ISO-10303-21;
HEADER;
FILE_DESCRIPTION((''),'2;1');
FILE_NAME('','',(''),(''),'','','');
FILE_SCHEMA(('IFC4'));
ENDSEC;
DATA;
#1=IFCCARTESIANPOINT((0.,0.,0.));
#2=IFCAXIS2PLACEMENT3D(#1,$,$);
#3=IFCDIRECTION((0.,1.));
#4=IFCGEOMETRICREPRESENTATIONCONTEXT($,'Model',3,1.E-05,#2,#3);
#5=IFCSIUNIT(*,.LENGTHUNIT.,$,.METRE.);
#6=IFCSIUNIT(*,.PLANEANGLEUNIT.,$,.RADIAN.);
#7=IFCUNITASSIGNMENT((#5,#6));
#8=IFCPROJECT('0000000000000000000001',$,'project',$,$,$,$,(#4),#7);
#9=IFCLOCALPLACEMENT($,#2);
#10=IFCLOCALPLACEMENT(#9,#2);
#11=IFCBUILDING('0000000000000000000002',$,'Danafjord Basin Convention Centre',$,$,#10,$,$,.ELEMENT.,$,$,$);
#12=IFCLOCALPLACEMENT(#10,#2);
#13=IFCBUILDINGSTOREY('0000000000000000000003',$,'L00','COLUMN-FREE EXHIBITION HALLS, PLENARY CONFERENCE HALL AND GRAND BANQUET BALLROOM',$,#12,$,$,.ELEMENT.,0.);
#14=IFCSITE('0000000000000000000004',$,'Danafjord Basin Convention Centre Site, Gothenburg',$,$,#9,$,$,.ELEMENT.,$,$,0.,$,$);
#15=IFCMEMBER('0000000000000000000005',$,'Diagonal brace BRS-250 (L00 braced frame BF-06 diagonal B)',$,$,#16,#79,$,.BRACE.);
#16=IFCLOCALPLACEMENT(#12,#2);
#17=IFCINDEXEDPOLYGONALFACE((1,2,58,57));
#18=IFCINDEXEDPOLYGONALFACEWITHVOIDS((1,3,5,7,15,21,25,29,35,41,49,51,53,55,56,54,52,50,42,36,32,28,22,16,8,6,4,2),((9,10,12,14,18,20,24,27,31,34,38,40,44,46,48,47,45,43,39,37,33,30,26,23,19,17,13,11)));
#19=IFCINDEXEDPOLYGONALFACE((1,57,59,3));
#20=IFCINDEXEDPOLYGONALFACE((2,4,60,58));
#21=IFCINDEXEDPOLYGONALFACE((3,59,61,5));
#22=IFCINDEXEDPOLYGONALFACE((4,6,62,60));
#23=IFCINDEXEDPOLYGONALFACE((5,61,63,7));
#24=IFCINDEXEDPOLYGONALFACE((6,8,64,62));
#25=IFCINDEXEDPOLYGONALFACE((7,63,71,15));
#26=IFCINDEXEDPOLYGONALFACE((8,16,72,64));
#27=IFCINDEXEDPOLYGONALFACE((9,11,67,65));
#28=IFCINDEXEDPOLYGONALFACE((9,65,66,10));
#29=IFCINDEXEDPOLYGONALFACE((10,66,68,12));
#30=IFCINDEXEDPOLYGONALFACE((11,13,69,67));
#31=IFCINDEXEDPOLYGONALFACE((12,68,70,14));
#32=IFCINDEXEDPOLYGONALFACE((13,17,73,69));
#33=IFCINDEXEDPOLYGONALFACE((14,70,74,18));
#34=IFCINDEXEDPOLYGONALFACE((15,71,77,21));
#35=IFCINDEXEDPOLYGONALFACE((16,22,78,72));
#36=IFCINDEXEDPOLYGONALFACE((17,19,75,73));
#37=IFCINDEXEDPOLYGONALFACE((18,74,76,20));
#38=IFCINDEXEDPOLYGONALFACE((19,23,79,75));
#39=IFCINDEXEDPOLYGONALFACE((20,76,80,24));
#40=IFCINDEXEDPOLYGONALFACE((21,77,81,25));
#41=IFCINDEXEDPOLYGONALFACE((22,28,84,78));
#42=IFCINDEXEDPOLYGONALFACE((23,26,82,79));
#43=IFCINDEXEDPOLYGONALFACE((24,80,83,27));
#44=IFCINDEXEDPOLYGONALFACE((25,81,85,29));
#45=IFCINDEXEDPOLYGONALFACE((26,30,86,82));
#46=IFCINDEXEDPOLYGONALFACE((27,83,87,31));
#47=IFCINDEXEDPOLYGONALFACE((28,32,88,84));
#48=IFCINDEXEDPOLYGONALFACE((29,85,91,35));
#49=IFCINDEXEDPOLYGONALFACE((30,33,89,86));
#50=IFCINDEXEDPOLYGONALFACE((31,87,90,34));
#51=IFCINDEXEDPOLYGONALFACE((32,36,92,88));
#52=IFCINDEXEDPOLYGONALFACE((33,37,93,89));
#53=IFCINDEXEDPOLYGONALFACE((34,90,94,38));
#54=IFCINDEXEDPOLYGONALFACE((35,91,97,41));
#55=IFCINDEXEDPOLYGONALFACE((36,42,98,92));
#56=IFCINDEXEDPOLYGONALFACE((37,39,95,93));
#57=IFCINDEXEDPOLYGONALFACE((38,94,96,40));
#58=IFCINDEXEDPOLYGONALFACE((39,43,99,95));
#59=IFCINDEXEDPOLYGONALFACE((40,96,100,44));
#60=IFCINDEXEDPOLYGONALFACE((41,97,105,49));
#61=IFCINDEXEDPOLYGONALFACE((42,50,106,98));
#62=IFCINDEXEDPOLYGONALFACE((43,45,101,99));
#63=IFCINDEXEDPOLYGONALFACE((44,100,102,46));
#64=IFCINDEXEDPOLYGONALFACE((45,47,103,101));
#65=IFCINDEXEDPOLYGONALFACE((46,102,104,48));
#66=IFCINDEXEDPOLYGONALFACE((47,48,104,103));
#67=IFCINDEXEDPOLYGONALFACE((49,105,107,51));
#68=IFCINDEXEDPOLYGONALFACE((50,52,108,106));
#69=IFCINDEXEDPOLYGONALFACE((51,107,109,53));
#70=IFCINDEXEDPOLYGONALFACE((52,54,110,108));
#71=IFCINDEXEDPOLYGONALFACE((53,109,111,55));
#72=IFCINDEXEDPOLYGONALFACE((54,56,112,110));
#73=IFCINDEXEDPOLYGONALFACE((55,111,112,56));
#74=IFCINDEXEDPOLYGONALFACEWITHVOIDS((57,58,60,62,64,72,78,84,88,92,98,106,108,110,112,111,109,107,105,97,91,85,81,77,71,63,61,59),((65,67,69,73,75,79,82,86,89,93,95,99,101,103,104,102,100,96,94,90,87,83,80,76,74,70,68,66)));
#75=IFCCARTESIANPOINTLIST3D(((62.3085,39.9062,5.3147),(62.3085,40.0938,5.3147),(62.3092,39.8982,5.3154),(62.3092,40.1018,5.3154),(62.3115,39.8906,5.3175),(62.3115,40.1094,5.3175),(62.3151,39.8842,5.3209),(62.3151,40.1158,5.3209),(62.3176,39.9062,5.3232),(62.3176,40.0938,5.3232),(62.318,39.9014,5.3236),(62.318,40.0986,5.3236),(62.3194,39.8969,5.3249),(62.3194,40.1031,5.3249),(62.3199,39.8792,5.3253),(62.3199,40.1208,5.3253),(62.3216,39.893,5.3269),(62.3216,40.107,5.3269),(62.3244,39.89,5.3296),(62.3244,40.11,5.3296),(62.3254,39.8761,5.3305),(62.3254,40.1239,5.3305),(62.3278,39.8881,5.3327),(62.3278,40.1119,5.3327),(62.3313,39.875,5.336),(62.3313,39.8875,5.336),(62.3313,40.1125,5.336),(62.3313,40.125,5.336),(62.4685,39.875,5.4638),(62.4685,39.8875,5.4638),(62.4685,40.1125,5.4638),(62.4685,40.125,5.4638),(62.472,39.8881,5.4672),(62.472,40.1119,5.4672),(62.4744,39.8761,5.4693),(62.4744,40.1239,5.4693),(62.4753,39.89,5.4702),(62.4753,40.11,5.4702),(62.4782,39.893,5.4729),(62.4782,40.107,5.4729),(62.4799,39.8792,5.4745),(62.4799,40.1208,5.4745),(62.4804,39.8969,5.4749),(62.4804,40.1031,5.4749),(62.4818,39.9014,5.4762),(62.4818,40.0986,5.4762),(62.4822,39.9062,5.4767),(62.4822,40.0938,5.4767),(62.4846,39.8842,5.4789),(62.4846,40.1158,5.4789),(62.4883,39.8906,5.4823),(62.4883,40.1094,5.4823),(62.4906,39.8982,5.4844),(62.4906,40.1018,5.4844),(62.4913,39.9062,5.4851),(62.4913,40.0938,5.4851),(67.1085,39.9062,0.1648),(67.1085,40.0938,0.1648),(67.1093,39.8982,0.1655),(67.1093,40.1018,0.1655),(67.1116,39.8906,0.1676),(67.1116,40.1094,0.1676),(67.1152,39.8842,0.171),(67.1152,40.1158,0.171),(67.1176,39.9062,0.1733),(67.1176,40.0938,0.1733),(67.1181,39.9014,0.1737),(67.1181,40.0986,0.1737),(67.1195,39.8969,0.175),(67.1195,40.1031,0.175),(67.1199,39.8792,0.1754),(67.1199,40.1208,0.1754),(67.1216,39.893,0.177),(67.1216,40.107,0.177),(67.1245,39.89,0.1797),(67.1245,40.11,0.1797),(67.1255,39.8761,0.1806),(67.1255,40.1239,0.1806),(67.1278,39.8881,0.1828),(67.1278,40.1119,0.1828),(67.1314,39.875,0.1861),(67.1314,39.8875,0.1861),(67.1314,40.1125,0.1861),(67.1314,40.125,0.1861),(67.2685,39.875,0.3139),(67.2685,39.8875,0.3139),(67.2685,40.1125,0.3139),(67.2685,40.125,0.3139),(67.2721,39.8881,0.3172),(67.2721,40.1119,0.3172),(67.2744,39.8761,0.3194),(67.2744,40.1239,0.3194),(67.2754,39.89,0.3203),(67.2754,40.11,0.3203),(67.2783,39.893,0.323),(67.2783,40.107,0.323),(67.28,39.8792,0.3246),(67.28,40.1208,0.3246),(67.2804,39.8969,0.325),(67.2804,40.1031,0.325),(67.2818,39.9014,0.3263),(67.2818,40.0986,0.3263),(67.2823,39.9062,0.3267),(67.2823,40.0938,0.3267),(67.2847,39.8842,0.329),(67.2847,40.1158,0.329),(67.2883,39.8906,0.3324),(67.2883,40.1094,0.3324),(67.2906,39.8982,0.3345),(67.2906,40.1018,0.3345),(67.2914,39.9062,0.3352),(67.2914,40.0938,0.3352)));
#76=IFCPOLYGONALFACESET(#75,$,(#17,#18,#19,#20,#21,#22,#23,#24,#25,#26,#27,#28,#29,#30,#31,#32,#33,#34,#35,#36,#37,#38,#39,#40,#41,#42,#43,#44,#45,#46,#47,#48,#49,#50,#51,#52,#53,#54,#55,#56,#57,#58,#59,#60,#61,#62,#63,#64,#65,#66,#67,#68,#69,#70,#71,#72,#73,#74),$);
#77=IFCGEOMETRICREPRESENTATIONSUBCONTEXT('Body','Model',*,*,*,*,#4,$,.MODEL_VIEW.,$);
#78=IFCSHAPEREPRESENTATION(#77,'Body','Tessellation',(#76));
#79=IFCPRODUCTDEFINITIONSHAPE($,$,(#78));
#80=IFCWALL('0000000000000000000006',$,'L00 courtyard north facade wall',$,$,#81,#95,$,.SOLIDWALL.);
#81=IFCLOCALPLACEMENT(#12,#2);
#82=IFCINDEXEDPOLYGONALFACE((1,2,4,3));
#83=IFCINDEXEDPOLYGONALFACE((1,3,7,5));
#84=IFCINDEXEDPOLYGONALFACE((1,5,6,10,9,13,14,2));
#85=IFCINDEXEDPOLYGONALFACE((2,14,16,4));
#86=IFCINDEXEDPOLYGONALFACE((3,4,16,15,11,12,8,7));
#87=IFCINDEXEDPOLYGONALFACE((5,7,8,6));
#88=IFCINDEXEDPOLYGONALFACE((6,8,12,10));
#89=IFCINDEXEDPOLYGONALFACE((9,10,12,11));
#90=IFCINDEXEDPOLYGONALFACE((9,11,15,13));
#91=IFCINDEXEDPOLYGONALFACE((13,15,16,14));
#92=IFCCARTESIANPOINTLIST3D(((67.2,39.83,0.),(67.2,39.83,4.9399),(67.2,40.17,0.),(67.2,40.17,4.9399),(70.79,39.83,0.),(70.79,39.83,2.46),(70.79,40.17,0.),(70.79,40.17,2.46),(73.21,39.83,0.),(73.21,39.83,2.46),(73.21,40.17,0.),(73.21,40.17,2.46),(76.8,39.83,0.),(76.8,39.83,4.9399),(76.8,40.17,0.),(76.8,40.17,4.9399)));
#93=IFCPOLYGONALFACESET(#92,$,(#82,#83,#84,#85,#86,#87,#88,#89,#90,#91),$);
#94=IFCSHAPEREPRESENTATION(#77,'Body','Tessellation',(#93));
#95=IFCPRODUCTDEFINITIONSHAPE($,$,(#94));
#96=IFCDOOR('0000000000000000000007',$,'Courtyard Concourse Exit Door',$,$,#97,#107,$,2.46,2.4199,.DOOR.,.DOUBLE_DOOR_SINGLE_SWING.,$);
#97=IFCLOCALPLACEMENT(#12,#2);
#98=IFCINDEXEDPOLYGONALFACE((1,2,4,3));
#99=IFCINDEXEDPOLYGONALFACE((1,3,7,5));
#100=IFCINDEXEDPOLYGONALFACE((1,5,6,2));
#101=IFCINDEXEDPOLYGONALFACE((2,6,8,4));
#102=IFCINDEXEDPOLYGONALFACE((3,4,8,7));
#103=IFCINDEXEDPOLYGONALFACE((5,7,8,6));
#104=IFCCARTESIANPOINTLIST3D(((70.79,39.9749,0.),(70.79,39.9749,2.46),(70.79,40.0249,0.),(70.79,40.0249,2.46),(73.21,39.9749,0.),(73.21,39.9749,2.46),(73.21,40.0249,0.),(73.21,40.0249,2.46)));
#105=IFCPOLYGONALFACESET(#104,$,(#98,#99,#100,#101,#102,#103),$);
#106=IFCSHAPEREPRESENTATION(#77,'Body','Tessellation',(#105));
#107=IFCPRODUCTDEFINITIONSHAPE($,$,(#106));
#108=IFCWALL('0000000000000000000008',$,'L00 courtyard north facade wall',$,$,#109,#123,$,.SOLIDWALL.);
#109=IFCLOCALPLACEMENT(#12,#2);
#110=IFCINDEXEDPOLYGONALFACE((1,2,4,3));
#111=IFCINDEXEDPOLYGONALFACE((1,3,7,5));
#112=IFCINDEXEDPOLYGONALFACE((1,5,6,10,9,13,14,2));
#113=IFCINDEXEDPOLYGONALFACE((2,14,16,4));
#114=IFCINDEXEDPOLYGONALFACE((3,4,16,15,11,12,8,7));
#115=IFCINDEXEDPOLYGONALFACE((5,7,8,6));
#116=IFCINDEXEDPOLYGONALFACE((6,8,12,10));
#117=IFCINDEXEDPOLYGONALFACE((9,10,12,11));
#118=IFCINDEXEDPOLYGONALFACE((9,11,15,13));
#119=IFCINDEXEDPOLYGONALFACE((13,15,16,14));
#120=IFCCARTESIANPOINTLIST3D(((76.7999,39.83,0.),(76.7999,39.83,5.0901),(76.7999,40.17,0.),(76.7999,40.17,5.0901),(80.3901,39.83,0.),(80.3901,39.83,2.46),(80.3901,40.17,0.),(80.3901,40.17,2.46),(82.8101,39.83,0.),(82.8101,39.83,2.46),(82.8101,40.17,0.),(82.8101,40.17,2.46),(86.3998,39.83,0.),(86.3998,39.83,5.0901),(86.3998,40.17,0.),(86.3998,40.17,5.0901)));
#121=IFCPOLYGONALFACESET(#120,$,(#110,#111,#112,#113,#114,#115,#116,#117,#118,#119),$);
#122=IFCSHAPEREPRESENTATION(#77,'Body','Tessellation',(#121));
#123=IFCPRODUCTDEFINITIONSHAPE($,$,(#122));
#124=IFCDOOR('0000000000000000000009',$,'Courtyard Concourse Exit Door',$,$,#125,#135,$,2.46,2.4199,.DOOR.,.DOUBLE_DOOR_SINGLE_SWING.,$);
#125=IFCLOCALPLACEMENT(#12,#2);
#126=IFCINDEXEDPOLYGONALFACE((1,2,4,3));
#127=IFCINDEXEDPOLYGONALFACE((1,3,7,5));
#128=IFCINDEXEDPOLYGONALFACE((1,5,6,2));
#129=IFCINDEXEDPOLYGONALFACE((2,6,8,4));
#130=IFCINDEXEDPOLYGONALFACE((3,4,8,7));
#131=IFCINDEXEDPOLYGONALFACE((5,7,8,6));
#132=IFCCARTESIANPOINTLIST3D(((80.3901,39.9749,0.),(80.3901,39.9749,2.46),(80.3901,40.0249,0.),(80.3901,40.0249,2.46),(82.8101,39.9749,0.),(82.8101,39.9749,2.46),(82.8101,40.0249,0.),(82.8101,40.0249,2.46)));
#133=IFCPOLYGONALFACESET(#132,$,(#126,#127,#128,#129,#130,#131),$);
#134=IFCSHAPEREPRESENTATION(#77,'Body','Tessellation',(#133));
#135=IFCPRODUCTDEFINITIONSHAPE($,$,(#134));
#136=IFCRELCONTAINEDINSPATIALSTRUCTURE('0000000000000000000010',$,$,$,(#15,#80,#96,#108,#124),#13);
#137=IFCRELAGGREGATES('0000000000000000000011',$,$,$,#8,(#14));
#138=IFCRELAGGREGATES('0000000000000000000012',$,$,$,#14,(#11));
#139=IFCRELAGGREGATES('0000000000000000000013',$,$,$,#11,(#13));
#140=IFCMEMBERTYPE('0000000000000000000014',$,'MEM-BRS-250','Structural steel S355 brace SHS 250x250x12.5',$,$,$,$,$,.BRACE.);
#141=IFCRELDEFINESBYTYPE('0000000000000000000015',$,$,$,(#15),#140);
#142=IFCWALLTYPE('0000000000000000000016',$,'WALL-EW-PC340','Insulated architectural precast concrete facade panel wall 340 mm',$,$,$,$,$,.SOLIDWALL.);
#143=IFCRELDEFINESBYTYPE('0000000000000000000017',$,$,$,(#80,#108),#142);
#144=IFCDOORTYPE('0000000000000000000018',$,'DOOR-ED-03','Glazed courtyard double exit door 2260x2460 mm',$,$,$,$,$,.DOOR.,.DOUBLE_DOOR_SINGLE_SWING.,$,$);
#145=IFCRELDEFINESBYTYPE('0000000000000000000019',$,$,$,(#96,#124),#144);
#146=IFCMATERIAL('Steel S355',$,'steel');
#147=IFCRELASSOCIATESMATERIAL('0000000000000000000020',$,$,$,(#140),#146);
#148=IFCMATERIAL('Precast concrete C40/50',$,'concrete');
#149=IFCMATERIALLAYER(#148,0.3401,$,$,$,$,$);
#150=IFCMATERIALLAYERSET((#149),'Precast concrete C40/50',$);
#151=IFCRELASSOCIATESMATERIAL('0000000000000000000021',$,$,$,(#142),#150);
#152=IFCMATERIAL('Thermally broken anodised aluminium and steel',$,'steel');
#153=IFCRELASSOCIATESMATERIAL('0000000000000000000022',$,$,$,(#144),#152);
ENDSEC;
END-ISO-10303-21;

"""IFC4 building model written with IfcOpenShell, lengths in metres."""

from ifc_helpers import new_model, si_unit, direction, frame, frame_2d, origin, origin_2d, place, context, subcontext, project, spatial, rectangle, hollow_rectangle, extrude, material, layer, layer_set, material_profile, profile_set, type_object, element, fill, save


model = new_model("IFC4")

# Units and contexts
model_context = context("Model", 3, precision=1e-05, world=origin(), true_north=direction((0.0, 1.0)))
body_context = subcontext(model_context, "Body", "Model", "MODEL_VIEW")
ifc_project = project(units=[si_unit("LENGTHUNIT", "METRE"), si_unit("PLANEANGLEUNIT", "RADIAN")], contexts=[model_context])

# Site, building, storey
site_placement = place(None, origin())
site = spatial("IfcSite", under=ifc_project, at=site_placement, Name="Danafjord Basin Convention Centre Site, Gothenburg", CompositionType="ELEMENT", RefElevation=0.0)
building_placement = place(site_placement, origin())
building = spatial("IfcBuilding", under=site, at=building_placement, Name="Danafjord Basin Convention Centre", CompositionType="ELEMENT")
storey_placement = place(building_placement, origin())
storey = spatial("IfcBuildingStorey", under=building, at=storey_placement, Name="L00", Description="COLUMN-FREE EXHIBITION HALLS, PLENARY CONFERENCE HALL AND GRAND BANQUET BALLROOM", CompositionType="ELEMENT", Elevation=0.0)

# Shared definitions
ifc_material_1 = material(Name="Steel S355", Category="steel")

# Member
ifc_material_profile_1 = material_profile(ifc_material_1, hollow_rectangle(XDim=0.25, YDim=0.25, WallThickness=0.0125, InnerFilletRadius=0.0188, OuterFilletRadius=0.0312, at=origin_2d()), Name="SHS 250x250x12.5")
ifc_profile_set_1 = profile_set([ifc_material_profile_1], Name="Steel S355")
member_type = type_object("IfcMemberType", Name="MEM-BRS-250", Description="Structural steel S355 brace SHS 250x250x12.5", PredefinedType="BRACE", material=ifc_profile_set_1)
member_placement = place(storey_placement, frame((67.2, 40.0, 0.25), z_axis=(-0.681823, 0.0, 0.731518), x_axis=(0.0, -1.0, 0.0)))
element("IfcMember", 1, at=member_placement, inside=storey, type_object=member_type, Name="Diagonal brace BRS-250 (L00 braced frame BF-06 diagonal B)", PredefinedType="BRACE", context=body_context, shape_type="SweptSolid", body=[
    extrude(hollow_rectangle(XDim=0.25, YDim=0.25, WallThickness=0.0125, InnerFilletRadius=0.0188, OuterFilletRadius=0.0312, at=origin_2d()), origin(), (0.0, 0.0, 1.0), 7.04),
])

# Walls, openings, doors
ifc_material_2 = material(Name="Precast concrete C40/50", Category="concrete")
ifc_layer_1 = layer(ifc_material_2, 0.3401)
ifc_layer_set_1 = layer_set([ifc_layer_1], Name="Precast concrete C40/50")
wall_type_1 = type_object("IfcWallType", Name="WALL-EW-PC340", Description="Insulated architectural precast concrete facade panel wall 340 mm", PredefinedType="SOLIDWALL", material=ifc_layer_set_1)
wall_1_placement = place(storey_placement, frame((67.2, 40.0, 0.0), z_axis=(0.0, 0.0, 1.0), x_axis=(1.0, 0.0, 0.0)))
wall_1 = element("IfcWall", 2, at=wall_1_placement, inside=storey, type_object=wall_type_1, Name="L00 courtyard north facade wall", PredefinedType="SOLIDWALL", context=body_context, shape_type="SweptSolid", body=[
    extrude(rectangle(XDim=9.6001, YDim=0.3401, at=frame_2d((4.8, 0.0))), origin(), (0.0, 0.0, 1.0), 4.9399),
])
opening_1_placement = place(wall_1_placement, frame((3.5901, 0.0, 0.0)))
opening_1 = element("IfcOpeningElement", 3, at=opening_1_placement, cuts=wall_1, PredefinedType="OPENING", context=body_context, shape_type="SweptSolid", body=[
    extrude(rectangle(XDim=2.4199, YDim=2.46, at=frame_2d((1.21, 1.23))), frame((0.0, 0.1799, 0.0), z_axis=(0.0, -1.0, 0.0), x_axis=(1.0, 0.0, 0.0)), (0.0, 0.0, 1.0), 0.3601),
])
ifc_material_3 = material(Name="Thermally broken anodised aluminium and steel", Category="steel")
door_type_1 = type_object("IfcDoorType", Name="DOOR-ED-03", Description="Glazed courtyard double exit door 2260x2460 mm", OperationType="DOUBLE_DOOR_SINGLE_SWING", PredefinedType="DOOR", material=ifc_material_3)
door_1_placement = place(opening_1_placement, origin())
door_1 = element("IfcDoor", 4, at=door_1_placement, inside=storey, type_object=door_type_1, Name="Courtyard Concourse Exit Door", OperationType="DOUBLE_DOOR_SINGLE_SWING", OverallHeight=2.46, OverallWidth=2.4199, PredefinedType="DOOR", context=body_context, shape_type="SweptSolid", body=[
    extrude(rectangle(XDim=2.4199, YDim=2.46, at=frame_2d((1.21, 1.23))), frame((0.0, 0.0249, 0.0), z_axis=(0.0, -1.0, 0.0), x_axis=(1.0, 0.0, 0.0)), (0.0, 0.0, 1.0), 0.05),
])
fill(opening_1, door_1)
wall_2_placement = place(storey_placement, frame((76.8, 40.0, 0.0), z_axis=(0.0, 0.0, 1.0), x_axis=(1.0, 0.0, 0.0)))
wall_2 = element("IfcWall", 5, at=wall_2_placement, inside=storey, type_object=wall_type_1, Name="L00 courtyard north facade wall", PredefinedType="SOLIDWALL", context=body_context, shape_type="SweptSolid", body=[
    extrude(rectangle(XDim=9.5999, YDim=0.3401, at=frame_2d((4.7998, 0.0))), origin(), (0.0, 0.0, 1.0), 5.0901),
])
opening_2_placement = place(wall_2_placement, frame((3.5901, 0.0, 0.0)))
opening_2 = element("IfcOpeningElement", 6, at=opening_2_placement, cuts=wall_2, PredefinedType="OPENING", context=body_context, shape_type="SweptSolid", body=[
    extrude(rectangle(XDim=2.4199, YDim=2.46, at=frame_2d((1.21, 1.23))), frame((0.0, 0.1799, 0.0), z_axis=(0.0, -1.0, 0.0), x_axis=(1.0, 0.0, 0.0)), (0.0, 0.0, 1.0), 0.3601),
])
door_2_placement = place(opening_2_placement, origin())
door_2 = element("IfcDoor", 7, at=door_2_placement, inside=storey, type_object=door_type_1, Name="Courtyard Concourse Exit Door", OperationType="DOUBLE_DOOR_SINGLE_SWING", OverallHeight=2.46, OverallWidth=2.4199, PredefinedType="DOOR", context=body_context, shape_type="SweptSolid", body=[
    extrude(rectangle(XDim=2.4199, YDim=2.46, at=frame_2d((1.21, 1.23))), frame((0.0, 0.0249, 0.0), z_axis=(0.0, -1.0, 0.0), x_axis=(1.0, 0.0, 0.0)), (0.0, 0.0, 1.0), 0.05),
])
fill(opening_2, door_2)

save(model, "model.ifc")
